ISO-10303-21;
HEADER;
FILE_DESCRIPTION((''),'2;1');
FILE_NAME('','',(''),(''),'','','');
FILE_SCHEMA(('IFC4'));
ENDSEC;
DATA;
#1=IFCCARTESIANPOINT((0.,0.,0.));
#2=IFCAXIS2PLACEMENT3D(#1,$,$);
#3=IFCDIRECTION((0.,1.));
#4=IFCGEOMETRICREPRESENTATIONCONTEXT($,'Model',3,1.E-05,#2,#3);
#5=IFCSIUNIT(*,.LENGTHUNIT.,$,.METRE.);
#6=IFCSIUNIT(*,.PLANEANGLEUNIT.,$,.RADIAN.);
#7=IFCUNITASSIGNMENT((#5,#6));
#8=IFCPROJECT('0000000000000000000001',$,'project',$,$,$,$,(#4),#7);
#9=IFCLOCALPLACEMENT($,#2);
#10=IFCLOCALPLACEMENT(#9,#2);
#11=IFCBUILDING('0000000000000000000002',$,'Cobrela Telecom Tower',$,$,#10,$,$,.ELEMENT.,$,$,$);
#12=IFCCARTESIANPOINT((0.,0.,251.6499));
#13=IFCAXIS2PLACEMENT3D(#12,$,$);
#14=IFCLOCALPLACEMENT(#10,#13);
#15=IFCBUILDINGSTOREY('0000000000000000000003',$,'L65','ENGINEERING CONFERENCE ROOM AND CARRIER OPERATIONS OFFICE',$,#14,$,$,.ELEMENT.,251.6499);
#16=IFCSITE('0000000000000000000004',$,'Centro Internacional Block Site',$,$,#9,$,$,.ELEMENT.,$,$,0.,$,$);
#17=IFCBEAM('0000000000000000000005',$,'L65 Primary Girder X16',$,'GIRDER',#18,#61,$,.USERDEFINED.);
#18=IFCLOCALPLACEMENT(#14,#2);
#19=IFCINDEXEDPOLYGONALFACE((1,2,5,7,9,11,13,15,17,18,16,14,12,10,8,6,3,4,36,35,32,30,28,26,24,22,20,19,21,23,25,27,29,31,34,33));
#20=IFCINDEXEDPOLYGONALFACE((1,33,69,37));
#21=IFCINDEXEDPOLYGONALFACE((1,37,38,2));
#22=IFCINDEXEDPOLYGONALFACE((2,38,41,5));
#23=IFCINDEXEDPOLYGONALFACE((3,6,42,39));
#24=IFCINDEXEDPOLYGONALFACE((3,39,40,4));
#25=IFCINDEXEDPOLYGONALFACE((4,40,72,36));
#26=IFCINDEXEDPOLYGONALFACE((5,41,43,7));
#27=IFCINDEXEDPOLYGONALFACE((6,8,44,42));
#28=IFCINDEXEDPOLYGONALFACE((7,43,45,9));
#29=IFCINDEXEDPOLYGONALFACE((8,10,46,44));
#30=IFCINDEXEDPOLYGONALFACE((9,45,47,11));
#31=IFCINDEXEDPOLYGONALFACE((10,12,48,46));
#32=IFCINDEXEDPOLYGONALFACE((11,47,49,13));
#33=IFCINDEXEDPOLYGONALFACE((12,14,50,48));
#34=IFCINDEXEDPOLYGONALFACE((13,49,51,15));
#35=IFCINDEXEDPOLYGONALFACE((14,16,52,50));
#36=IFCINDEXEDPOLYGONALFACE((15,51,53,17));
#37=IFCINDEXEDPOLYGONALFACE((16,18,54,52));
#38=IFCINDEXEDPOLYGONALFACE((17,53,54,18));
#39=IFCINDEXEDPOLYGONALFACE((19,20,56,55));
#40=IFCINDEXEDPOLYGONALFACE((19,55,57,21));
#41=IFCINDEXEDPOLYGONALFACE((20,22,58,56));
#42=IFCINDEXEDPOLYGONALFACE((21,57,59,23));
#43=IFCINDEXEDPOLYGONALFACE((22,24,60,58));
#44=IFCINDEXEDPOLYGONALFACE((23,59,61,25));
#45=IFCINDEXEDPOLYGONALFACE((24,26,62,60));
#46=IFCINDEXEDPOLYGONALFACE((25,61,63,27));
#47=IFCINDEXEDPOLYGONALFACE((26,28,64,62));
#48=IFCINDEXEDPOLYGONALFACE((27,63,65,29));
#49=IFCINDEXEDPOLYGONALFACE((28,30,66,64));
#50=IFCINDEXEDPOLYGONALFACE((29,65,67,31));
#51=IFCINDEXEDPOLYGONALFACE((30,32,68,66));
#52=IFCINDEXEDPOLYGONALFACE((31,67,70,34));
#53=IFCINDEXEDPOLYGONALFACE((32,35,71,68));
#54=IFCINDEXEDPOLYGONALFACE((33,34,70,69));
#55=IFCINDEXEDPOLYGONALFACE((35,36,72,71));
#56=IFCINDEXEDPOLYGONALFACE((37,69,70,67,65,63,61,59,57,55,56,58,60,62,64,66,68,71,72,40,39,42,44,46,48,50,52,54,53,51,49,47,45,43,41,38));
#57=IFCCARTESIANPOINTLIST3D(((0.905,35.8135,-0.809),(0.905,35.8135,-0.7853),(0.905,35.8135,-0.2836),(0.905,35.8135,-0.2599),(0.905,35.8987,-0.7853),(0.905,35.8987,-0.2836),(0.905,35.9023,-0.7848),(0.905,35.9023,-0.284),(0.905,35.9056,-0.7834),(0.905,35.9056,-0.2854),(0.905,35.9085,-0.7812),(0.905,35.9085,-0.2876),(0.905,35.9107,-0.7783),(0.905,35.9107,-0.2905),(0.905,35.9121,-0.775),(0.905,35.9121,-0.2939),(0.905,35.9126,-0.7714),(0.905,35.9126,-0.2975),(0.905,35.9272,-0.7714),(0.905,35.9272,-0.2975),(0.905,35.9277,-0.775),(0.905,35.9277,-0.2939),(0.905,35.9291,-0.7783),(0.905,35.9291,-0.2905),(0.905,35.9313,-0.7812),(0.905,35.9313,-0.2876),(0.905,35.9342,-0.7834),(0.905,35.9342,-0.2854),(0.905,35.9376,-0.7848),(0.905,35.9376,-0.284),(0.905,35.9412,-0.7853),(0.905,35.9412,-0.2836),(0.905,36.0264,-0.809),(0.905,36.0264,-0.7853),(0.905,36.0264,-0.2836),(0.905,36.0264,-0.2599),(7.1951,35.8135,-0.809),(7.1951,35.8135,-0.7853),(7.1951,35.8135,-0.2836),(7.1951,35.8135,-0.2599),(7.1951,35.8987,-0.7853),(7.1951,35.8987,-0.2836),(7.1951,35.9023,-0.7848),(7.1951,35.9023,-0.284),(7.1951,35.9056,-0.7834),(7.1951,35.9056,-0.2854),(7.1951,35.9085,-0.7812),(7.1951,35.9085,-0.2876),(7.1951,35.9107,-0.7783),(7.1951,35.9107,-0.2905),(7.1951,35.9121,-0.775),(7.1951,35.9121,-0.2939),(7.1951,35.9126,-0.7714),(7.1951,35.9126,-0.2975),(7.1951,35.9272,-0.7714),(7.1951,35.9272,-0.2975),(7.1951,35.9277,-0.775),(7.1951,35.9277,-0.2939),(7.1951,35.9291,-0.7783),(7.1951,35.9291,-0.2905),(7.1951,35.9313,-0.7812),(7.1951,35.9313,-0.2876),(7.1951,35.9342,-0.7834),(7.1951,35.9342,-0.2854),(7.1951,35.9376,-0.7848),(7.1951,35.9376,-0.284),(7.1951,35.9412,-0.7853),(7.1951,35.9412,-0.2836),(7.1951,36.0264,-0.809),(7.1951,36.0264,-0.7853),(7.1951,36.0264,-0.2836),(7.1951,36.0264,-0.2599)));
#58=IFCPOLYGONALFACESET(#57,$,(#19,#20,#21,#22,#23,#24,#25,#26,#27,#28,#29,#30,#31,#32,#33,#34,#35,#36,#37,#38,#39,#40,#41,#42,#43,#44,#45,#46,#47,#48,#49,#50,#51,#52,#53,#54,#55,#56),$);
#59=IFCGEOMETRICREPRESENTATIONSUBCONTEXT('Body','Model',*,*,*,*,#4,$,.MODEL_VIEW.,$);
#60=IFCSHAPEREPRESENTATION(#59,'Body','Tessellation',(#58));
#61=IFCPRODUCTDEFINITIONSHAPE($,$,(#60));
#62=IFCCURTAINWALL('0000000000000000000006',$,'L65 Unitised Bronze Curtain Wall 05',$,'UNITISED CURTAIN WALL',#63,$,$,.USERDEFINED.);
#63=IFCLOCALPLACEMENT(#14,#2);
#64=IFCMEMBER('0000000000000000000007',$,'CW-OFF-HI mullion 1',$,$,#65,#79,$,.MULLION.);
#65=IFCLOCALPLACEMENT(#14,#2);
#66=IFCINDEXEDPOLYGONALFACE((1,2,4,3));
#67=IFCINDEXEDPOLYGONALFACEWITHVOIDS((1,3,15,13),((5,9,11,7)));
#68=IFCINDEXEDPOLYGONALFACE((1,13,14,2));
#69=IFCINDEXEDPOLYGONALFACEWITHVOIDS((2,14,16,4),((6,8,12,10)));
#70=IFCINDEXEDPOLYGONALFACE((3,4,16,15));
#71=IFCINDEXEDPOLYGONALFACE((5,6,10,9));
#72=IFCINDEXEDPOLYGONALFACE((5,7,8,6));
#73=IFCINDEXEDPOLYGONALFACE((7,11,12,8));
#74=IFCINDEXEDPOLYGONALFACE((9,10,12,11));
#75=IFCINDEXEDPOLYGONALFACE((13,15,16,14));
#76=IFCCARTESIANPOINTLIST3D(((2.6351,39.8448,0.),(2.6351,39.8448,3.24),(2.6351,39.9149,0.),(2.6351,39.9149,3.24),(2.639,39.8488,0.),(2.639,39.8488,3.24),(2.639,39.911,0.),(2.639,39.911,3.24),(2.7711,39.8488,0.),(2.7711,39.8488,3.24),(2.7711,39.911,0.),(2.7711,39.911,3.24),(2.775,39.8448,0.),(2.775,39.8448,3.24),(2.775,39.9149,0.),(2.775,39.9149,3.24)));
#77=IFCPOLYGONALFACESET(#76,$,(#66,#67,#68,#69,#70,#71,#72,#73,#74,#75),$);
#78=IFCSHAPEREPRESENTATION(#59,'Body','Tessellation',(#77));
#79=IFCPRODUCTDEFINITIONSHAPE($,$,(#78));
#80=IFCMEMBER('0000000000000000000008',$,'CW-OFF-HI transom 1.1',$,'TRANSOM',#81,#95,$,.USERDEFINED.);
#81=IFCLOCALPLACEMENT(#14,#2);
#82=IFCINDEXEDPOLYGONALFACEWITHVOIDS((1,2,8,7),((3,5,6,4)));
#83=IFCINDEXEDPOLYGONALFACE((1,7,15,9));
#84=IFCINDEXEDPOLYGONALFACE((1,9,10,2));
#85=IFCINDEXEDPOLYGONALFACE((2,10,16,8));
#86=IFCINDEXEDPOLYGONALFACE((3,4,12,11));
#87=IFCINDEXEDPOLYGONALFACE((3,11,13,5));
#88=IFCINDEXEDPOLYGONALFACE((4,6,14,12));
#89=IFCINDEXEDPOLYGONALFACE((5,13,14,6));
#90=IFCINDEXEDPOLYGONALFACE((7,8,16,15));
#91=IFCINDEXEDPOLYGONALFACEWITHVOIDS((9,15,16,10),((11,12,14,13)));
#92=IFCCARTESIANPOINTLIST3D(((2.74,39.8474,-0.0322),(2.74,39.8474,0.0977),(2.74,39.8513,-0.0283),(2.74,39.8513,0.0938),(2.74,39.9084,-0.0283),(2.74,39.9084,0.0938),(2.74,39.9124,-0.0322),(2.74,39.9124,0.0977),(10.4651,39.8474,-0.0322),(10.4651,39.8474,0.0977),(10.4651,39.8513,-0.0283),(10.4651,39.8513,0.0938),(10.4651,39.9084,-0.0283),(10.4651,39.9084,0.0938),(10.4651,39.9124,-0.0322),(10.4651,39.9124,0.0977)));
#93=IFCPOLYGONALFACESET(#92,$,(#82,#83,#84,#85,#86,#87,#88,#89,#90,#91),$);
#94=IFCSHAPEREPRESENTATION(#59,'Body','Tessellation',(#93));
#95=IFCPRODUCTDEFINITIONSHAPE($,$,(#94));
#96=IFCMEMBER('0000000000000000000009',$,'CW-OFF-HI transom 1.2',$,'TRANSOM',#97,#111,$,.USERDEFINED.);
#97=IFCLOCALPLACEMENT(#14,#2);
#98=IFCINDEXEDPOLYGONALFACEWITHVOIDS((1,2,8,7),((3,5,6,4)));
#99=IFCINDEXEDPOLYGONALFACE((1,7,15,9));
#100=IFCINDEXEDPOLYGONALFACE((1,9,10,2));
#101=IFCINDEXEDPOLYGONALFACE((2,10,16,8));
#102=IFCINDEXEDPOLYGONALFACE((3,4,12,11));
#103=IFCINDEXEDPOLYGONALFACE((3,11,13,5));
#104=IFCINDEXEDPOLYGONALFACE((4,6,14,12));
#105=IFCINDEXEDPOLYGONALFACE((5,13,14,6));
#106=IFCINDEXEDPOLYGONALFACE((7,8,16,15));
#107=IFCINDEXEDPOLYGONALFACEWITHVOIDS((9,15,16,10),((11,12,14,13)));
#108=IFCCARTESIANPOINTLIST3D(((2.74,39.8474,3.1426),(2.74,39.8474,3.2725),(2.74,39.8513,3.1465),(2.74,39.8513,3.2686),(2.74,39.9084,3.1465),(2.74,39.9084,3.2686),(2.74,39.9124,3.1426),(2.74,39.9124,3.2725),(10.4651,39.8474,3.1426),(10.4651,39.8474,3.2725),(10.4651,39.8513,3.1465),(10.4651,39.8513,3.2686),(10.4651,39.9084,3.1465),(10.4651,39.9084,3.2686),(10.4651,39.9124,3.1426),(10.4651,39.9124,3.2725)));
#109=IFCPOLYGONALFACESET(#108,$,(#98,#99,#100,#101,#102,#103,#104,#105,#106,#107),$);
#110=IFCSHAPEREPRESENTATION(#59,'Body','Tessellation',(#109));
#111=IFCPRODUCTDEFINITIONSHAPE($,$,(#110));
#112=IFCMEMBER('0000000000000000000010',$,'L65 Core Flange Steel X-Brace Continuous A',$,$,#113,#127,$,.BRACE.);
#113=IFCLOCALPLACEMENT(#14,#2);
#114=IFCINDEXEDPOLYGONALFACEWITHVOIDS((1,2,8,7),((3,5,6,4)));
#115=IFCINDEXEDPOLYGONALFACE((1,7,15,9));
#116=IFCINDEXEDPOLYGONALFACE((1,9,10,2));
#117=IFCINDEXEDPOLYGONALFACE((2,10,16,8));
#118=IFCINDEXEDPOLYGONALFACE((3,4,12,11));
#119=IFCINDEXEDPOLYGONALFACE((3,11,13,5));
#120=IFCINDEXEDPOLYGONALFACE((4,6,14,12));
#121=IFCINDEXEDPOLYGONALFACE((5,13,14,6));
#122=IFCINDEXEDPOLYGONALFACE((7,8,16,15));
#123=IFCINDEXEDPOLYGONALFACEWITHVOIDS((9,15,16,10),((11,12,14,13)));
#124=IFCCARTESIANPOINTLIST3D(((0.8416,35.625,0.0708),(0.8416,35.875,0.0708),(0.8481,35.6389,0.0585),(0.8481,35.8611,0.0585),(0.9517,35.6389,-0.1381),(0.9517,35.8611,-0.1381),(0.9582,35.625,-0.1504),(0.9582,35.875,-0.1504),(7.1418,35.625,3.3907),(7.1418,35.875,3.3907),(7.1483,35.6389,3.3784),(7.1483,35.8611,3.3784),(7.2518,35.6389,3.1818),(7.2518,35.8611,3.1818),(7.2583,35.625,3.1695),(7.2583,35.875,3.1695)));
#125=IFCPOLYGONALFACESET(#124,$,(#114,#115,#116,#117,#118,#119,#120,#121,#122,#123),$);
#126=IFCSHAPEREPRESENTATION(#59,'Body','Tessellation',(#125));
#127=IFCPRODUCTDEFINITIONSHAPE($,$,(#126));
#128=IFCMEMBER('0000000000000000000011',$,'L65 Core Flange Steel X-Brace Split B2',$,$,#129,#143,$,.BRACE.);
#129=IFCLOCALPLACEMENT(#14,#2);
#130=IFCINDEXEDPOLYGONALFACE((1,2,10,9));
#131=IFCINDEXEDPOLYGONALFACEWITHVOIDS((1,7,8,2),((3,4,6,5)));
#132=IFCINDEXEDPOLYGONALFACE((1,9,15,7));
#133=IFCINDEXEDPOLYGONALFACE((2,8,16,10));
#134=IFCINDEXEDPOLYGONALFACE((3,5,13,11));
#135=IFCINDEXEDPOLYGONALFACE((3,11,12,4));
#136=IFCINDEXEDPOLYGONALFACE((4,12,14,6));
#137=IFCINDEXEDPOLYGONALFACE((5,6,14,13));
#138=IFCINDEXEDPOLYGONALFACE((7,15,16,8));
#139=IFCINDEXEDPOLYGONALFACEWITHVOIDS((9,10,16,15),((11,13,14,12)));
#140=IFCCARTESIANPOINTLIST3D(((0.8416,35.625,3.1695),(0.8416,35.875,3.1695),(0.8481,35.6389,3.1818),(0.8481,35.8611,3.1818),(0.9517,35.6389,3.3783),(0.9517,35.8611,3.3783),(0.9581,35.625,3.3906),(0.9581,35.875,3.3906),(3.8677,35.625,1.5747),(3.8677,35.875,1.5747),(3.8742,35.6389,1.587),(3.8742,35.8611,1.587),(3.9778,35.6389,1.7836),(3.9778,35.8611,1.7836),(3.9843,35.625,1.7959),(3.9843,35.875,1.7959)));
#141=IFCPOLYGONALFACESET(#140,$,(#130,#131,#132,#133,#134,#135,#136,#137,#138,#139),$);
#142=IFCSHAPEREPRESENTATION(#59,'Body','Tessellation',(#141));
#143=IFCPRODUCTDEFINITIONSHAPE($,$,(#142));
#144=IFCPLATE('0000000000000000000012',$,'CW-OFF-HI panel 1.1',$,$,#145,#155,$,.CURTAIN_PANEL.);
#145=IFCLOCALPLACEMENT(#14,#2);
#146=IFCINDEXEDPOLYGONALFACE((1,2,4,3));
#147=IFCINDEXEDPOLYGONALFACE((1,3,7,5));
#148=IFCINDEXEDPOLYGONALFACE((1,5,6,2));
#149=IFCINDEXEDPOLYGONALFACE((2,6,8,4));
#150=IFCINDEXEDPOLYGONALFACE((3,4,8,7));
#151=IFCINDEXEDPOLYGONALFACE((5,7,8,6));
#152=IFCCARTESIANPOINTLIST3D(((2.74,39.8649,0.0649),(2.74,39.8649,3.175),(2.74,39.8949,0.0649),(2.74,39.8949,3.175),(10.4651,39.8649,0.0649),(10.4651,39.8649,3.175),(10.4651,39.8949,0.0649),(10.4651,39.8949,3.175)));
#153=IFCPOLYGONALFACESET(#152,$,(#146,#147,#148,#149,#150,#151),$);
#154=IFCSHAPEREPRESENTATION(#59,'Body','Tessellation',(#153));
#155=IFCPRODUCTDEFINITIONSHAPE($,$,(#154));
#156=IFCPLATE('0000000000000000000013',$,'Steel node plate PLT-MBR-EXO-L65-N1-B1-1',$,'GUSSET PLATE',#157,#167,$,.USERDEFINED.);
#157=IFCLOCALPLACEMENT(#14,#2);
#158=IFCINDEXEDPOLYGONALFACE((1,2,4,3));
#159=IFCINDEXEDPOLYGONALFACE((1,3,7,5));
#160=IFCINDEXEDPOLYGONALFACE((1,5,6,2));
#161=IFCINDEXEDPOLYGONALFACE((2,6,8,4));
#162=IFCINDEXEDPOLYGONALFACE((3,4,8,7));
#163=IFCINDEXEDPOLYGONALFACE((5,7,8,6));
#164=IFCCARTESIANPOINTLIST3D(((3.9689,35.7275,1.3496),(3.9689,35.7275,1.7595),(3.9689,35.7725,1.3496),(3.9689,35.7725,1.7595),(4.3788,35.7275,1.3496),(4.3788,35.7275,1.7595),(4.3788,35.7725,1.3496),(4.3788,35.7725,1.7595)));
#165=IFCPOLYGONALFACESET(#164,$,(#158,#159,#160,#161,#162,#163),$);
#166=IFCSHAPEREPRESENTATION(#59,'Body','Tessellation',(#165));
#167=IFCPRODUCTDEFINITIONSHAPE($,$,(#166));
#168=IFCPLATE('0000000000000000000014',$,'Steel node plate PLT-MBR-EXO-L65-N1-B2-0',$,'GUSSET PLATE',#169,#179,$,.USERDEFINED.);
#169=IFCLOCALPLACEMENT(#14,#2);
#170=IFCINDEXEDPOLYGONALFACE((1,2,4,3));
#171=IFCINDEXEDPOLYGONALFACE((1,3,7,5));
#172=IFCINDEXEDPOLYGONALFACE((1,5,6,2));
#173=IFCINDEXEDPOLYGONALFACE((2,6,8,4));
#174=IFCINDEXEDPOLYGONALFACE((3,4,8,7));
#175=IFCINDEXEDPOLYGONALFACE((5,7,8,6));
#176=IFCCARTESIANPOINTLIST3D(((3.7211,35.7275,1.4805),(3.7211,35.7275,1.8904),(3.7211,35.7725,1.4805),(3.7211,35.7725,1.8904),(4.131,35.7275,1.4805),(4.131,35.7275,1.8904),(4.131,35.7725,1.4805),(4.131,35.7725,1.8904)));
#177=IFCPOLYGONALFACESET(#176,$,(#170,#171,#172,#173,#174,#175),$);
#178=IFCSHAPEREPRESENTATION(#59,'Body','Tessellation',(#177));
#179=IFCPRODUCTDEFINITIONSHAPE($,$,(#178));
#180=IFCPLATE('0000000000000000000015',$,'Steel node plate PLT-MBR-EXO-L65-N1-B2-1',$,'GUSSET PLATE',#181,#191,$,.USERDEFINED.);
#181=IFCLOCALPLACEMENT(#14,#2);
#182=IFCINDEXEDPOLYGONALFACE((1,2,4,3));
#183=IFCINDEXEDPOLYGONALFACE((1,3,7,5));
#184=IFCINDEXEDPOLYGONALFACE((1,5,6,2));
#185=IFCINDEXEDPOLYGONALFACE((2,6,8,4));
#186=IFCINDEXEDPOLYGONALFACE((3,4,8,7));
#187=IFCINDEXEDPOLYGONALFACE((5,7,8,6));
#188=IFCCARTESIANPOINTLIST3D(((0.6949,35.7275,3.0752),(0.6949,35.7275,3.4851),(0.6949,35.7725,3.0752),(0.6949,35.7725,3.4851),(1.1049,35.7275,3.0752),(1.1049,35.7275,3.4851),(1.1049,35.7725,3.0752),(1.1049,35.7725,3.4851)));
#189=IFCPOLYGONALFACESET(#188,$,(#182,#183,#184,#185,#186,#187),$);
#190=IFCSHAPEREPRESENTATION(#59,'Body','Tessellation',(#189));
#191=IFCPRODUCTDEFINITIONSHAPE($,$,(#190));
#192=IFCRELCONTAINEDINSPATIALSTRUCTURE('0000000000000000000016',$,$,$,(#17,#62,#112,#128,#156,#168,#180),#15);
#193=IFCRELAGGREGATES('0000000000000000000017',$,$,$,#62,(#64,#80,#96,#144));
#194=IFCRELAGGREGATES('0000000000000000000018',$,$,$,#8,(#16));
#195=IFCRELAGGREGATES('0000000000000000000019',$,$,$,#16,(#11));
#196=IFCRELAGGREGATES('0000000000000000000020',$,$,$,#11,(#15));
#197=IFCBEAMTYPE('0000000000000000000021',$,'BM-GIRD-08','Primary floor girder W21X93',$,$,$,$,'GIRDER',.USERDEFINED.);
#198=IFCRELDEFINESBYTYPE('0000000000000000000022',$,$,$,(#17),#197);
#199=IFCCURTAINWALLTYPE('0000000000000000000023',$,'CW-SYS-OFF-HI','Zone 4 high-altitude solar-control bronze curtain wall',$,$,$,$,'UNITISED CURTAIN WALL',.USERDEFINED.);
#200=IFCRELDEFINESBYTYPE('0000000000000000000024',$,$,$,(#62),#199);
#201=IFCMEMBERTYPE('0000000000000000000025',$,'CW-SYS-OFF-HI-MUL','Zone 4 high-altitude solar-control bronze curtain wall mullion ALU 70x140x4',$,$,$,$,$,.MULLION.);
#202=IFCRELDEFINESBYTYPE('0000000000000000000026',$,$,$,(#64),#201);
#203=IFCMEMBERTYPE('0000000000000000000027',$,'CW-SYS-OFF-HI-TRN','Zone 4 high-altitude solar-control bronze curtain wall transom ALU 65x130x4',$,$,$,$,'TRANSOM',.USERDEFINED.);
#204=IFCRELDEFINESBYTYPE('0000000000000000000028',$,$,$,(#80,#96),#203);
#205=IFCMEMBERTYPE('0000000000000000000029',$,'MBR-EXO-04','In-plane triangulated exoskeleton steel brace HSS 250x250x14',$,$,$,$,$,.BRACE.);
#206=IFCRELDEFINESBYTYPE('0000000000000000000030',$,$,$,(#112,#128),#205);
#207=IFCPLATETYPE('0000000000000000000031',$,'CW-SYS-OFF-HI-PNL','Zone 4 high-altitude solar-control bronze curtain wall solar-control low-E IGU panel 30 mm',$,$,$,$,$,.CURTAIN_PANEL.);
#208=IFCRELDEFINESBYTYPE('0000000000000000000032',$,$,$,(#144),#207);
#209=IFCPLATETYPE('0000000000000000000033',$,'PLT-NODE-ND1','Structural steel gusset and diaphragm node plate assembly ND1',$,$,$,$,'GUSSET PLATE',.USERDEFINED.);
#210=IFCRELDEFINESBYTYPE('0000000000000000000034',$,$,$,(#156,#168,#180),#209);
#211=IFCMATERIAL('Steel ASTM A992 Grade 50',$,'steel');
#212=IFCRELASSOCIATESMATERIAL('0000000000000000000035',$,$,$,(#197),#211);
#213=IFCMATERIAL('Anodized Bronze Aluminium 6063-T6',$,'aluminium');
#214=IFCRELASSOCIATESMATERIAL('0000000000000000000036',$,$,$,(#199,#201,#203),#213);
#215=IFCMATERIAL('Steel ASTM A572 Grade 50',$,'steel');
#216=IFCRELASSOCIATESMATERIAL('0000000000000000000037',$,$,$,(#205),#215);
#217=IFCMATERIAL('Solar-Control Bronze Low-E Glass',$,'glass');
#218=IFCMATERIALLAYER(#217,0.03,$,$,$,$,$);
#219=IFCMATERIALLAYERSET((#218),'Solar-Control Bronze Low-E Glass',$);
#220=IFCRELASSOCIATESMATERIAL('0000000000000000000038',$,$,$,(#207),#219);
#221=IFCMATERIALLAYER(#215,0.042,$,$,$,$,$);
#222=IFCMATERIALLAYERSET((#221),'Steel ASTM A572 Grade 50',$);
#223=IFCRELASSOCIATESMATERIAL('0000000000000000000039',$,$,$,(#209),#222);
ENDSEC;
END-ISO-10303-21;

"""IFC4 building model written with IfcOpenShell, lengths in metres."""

from ifc_helpers import new_model, si_unit, direction, frame, origin, origin_2d, place, context, subcontext, project, spatial, rectangle, hollow_rectangle, i_section, extrude, material, layer, layer_set, material_profile, profile_set, type_object, element, aggregate, save


model = new_model("IFC4")

# Units and contexts
model_context = context("Model", 3, precision=1e-05, world=origin(), true_north=direction((0.0, 1.0)))
body_context = subcontext(model_context, "Body", "Model", "MODEL_VIEW")
ifc_project = project(units=[si_unit("LENGTHUNIT", "METRE"), si_unit("PLANEANGLEUNIT", "RADIAN")], contexts=[model_context])

# Site, building, storey
site_placement = place(None, origin())
site = spatial("IfcSite", under=ifc_project, at=site_placement, Name="Centro Internacional Block Site", CompositionType="ELEMENT", RefElevation=0.0)
building_placement = place(site_placement, origin())
building = spatial("IfcBuilding", under=site, at=building_placement, Name="Cobrela Telecom Tower", CompositionType="ELEMENT")
storey_placement = place(building_placement, frame((0.0, 0.0, 251.6499)))
storey = spatial("IfcBuildingStorey", under=building, at=storey_placement, Name="L65", Description="ENGINEERING CONFERENCE ROOM AND CARRIER OPERATIONS OFFICE", CompositionType="ELEMENT", Elevation=251.6499)

# Beam
ifc_material_1 = material(Name="Steel ASTM A992 Grade 50", Category="steel")
ifc_material_profile_1 = material_profile(ifc_material_1, i_section(OverallWidth=0.2129, OverallDepth=0.5491, WebThickness=0.0146, FlangeThickness=0.0237, FilletRadius=0.0139, at=origin_2d()), Name="W21X93")
ifc_profile_set_1 = profile_set([ifc_material_profile_1], Name="Steel ASTM A992 Grade 50")
beam_type = type_object("IfcBeamType", Name="BM-GIRD-08", Description="Primary floor girder W21X93", ElementType="GIRDER", PredefinedType="USERDEFINED", material=ifc_profile_set_1)
beam_placement = place(storey_placement, frame((0.905, 35.9199, -0.5344), z_axis=(1.0, 0.0, 0.0), x_axis=(0.0, 1.0, 0.0)))
element("IfcBeam", 1, at=beam_placement, inside=storey, type_object=beam_type, Name="L65 Primary Girder X16", ObjectType="GIRDER", PredefinedType="USERDEFINED", context=body_context, shape_type="SweptSolid", body=[
    extrude(i_section(OverallWidth=0.2129, OverallDepth=0.5491, WebThickness=0.0146, FlangeThickness=0.0237, FilletRadius=0.0139, at=origin_2d()), origin(), (0.0, 0.0, 1.0), 6.29),
])

# Curtain wall, members
ifc_material_2 = material(Name="Anodized Bronze Aluminium 6063-T6", Category="aluminium")
curtain_wall_type = type_object("IfcCurtainWallType", Name="CW-SYS-OFF-HI", Description="Zone 4 high-altitude solar-control bronze curtain wall", ElementType="UNITISED CURTAIN WALL", PredefinedType="USERDEFINED", material=ifc_material_2)
curtain_wall_placement = place(storey_placement, origin())
curtain_wall = element("IfcCurtainWall", 2, at=curtain_wall_placement, inside=storey, type_object=curtain_wall_type, Name="L65 Unitised Bronze Curtain Wall 05", ObjectType="UNITISED CURTAIN WALL", PredefinedType="USERDEFINED")
ifc_material_profile_2 = material_profile(ifc_material_2, hollow_rectangle(XDim=0.0701, YDim=0.1399, WallThickness=0.0039, at=origin_2d()), Name="ALU 70x140x4")
ifc_profile_set_2 = profile_set([ifc_material_profile_2], Name="Anodized Bronze Aluminium 6063-T6")
member_type_1 = type_object("IfcMemberType", Name="CW-SYS-OFF-HI-MUL", Description="Zone 4 high-altitude solar-control bronze curtain wall mullion ALU 70x140x4", PredefinedType="MULLION", material=ifc_profile_set_2)
member_1_placement = place(storey_placement, frame((2.7051, 39.8799, 0.0), z_axis=(0.0, 0.0, 1.0), x_axis=(0.0, 1.0, 0.0)))
member_1 = element("IfcMember", 3, at=member_1_placement, type_object=member_type_1, Name="CW-OFF-HI mullion 1", PredefinedType="MULLION", context=body_context, shape_type="SweptSolid", body=[
    extrude(hollow_rectangle(XDim=0.0701, YDim=0.1399, WallThickness=0.0039, at=origin_2d()), origin(), (0.0, 0.0, 1.0), 3.24),
])
ifc_material_profile_3 = material_profile(ifc_material_2, hollow_rectangle(XDim=0.0649, YDim=0.1299, WallThickness=0.0039, at=origin_2d()), Name="ALU 65x130x4")
ifc_profile_set_3 = profile_set([ifc_material_profile_3], Name="Anodized Bronze Aluminium 6063-T6")
member_type_2 = type_object("IfcMemberType", Name="CW-SYS-OFF-HI-TRN", Description="Zone 4 high-altitude solar-control bronze curtain wall transom ALU 65x130x4", ElementType="TRANSOM", PredefinedType="USERDEFINED", material=ifc_profile_set_3)
member_2_placement = place(storey_placement, frame((2.74, 39.8799, 0.0327), z_axis=(1.0, 0.0, 0.0), x_axis=(0.0, 1.0, 0.0)))
member_2 = element("IfcMember", 4, at=member_2_placement, type_object=member_type_2, Name="CW-OFF-HI transom 1.1", ObjectType="TRANSOM", PredefinedType="USERDEFINED", context=body_context, shape_type="SweptSolid", body=[
    extrude(hollow_rectangle(XDim=0.0649, YDim=0.1299, WallThickness=0.0039, at=origin_2d()), origin(), (0.0, 0.0, 1.0), 7.7251),
])
member_3_placement = place(storey_placement, frame((2.74, 39.8799, 3.2075), z_axis=(1.0, 0.0, 0.0), x_axis=(0.0, 1.0, 0.0)))
member_3 = element("IfcMember", 5, at=member_3_placement, type_object=member_type_2, Name="CW-OFF-HI transom 1.2", ObjectType="TRANSOM", PredefinedType="USERDEFINED", context=body_context, shape_type="SweptSolid", body=[
    extrude(hollow_rectangle(XDim=0.0649, YDim=0.1299, WallThickness=0.0039, at=origin_2d()), origin(), (0.0, 0.0, 1.0), 7.7251),
])

# Members
ifc_material_3 = material(Name="Steel ASTM A572 Grade 50", Category="steel")
ifc_material_profile_4 = material_profile(ifc_material_3, hollow_rectangle(XDim=0.25, YDim=0.25, WallThickness=0.0139, at=origin_2d()), Name="HSS 250x250x14")
ifc_profile_set_4 = profile_set([ifc_material_profile_4], Name="Steel ASTM A572 Grade 50")
member_type_3 = type_object("IfcMemberType", Name="MBR-EXO-04", Description="In-plane triangulated exoskeleton steel brace HSS 250x250x14", PredefinedType="BRACE", material=ifc_profile_set_4)
member_4_placement = place(storey_placement, frame((0.8999, 35.75, -0.0398), z_axis=(0.884686, 0.0, 0.466187), x_axis=(0.0, 1.0, 0.0)))
element("IfcMember", 6, at=member_4_placement, inside=storey, type_object=member_type_3, Name="L65 Core Flange Steel X-Brace Continuous A", PredefinedType="BRACE", context=body_context, shape_type="SweptSolid", body=[
    extrude(hollow_rectangle(XDim=0.25, YDim=0.25, WallThickness=0.0139, at=origin_2d()), origin(), (0.0, 0.0, 1.0), 7.1213),
])
member_5_placement = place(storey_placement, frame((3.926, 35.75, 1.6853), z_axis=(-0.884673, 0.0, 0.466211), x_axis=(0.0, -1.0, 0.0)))
element("IfcMember", 7, at=member_5_placement, inside=storey, type_object=member_type_3, Name="L65 Core Flange Steel X-Brace Split B2", PredefinedType="BRACE", context=body_context, shape_type="SweptSolid", body=[
    extrude(hollow_rectangle(XDim=0.25, YDim=0.25, WallThickness=0.0139, at=origin_2d()), origin(), (0.0, 0.0, 1.0), 3.4207),
])

# Plate
ifc_material_4 = material(Name="Solar-Control Bronze Low-E Glass", Category="glass")
ifc_layer_1 = layer(ifc_material_4, 0.03)
ifc_layer_set_1 = layer_set([ifc_layer_1], Name="Solar-Control Bronze Low-E Glass")
plate_type_1 = type_object("IfcPlateType", Name="CW-SYS-OFF-HI-PNL", Description="Zone 4 high-altitude solar-control bronze curtain wall solar-control low-E IGU panel 30 mm", PredefinedType="CURTAIN_PANEL", material=ifc_layer_set_1)
plate_1_placement = place(storey_placement, frame((6.6025, 39.8799, 0.0649), z_axis=(0.0, 0.0, 1.0), x_axis=(1.0, 0.0, 0.0)))
plate_1 = element("IfcPlate", 8, at=plate_1_placement, type_object=plate_type_1, Name="CW-OFF-HI panel 1.1", PredefinedType="CURTAIN_PANEL", context=body_context, shape_type="SweptSolid", body=[
    extrude(rectangle(XDim=7.7251, YDim=0.03, at=origin_2d()), origin(), (0.0, 0.0, 1.0), 3.1101),
])
aggregate(curtain_wall, [member_1, member_2, member_3, plate_1])

# Plates
ifc_layer_2 = layer(ifc_material_3, 0.042)
ifc_layer_set_2 = layer_set([ifc_layer_2], Name="Steel ASTM A572 Grade 50")
plate_type_2 = type_object("IfcPlateType", Name="PLT-NODE-ND1", Description="Structural steel gusset and diaphragm node plate assembly ND1", ElementType="GUSSET PLATE", PredefinedType="USERDEFINED", material=ifc_layer_set_2)
for number, where, z_axis, x_axis, name in (
    (9, (4.1738, 35.75, 1.3496), (0.0, 0.0, 1.0), (-1.0, 0.0, 0.0), "Steel node plate PLT-MBR-EXO-L65-N1-B1-1"),
    (10, (3.926, 35.75, 1.4805), (0.0, 0.0, 1.0), (-1.0, 0.0, 0.0), "Steel node plate PLT-MBR-EXO-L65-N1-B2-0"),
    (11, (0.8999, 35.75, 3.0752), (0.0, 0.0, 1.0), (-1.0, 0.0, 0.0), "Steel node plate PLT-MBR-EXO-L65-N1-B2-1"),
):
    element("IfcPlate", number, at=place(storey_placement, frame(where, z_axis=z_axis, x_axis=x_axis)), inside=storey, type_object=plate_type_2, Name=name, ObjectType="GUSSET PLATE", PredefinedType="USERDEFINED", context=body_context, shape_type="SweptSolid", body=[
        extrude(rectangle(XDim=0.4099, YDim=0.0449, at=origin_2d()), origin(), (0.0, 0.0, 1.0), 0.4099),
    ])

save(model, "model.ifc")
